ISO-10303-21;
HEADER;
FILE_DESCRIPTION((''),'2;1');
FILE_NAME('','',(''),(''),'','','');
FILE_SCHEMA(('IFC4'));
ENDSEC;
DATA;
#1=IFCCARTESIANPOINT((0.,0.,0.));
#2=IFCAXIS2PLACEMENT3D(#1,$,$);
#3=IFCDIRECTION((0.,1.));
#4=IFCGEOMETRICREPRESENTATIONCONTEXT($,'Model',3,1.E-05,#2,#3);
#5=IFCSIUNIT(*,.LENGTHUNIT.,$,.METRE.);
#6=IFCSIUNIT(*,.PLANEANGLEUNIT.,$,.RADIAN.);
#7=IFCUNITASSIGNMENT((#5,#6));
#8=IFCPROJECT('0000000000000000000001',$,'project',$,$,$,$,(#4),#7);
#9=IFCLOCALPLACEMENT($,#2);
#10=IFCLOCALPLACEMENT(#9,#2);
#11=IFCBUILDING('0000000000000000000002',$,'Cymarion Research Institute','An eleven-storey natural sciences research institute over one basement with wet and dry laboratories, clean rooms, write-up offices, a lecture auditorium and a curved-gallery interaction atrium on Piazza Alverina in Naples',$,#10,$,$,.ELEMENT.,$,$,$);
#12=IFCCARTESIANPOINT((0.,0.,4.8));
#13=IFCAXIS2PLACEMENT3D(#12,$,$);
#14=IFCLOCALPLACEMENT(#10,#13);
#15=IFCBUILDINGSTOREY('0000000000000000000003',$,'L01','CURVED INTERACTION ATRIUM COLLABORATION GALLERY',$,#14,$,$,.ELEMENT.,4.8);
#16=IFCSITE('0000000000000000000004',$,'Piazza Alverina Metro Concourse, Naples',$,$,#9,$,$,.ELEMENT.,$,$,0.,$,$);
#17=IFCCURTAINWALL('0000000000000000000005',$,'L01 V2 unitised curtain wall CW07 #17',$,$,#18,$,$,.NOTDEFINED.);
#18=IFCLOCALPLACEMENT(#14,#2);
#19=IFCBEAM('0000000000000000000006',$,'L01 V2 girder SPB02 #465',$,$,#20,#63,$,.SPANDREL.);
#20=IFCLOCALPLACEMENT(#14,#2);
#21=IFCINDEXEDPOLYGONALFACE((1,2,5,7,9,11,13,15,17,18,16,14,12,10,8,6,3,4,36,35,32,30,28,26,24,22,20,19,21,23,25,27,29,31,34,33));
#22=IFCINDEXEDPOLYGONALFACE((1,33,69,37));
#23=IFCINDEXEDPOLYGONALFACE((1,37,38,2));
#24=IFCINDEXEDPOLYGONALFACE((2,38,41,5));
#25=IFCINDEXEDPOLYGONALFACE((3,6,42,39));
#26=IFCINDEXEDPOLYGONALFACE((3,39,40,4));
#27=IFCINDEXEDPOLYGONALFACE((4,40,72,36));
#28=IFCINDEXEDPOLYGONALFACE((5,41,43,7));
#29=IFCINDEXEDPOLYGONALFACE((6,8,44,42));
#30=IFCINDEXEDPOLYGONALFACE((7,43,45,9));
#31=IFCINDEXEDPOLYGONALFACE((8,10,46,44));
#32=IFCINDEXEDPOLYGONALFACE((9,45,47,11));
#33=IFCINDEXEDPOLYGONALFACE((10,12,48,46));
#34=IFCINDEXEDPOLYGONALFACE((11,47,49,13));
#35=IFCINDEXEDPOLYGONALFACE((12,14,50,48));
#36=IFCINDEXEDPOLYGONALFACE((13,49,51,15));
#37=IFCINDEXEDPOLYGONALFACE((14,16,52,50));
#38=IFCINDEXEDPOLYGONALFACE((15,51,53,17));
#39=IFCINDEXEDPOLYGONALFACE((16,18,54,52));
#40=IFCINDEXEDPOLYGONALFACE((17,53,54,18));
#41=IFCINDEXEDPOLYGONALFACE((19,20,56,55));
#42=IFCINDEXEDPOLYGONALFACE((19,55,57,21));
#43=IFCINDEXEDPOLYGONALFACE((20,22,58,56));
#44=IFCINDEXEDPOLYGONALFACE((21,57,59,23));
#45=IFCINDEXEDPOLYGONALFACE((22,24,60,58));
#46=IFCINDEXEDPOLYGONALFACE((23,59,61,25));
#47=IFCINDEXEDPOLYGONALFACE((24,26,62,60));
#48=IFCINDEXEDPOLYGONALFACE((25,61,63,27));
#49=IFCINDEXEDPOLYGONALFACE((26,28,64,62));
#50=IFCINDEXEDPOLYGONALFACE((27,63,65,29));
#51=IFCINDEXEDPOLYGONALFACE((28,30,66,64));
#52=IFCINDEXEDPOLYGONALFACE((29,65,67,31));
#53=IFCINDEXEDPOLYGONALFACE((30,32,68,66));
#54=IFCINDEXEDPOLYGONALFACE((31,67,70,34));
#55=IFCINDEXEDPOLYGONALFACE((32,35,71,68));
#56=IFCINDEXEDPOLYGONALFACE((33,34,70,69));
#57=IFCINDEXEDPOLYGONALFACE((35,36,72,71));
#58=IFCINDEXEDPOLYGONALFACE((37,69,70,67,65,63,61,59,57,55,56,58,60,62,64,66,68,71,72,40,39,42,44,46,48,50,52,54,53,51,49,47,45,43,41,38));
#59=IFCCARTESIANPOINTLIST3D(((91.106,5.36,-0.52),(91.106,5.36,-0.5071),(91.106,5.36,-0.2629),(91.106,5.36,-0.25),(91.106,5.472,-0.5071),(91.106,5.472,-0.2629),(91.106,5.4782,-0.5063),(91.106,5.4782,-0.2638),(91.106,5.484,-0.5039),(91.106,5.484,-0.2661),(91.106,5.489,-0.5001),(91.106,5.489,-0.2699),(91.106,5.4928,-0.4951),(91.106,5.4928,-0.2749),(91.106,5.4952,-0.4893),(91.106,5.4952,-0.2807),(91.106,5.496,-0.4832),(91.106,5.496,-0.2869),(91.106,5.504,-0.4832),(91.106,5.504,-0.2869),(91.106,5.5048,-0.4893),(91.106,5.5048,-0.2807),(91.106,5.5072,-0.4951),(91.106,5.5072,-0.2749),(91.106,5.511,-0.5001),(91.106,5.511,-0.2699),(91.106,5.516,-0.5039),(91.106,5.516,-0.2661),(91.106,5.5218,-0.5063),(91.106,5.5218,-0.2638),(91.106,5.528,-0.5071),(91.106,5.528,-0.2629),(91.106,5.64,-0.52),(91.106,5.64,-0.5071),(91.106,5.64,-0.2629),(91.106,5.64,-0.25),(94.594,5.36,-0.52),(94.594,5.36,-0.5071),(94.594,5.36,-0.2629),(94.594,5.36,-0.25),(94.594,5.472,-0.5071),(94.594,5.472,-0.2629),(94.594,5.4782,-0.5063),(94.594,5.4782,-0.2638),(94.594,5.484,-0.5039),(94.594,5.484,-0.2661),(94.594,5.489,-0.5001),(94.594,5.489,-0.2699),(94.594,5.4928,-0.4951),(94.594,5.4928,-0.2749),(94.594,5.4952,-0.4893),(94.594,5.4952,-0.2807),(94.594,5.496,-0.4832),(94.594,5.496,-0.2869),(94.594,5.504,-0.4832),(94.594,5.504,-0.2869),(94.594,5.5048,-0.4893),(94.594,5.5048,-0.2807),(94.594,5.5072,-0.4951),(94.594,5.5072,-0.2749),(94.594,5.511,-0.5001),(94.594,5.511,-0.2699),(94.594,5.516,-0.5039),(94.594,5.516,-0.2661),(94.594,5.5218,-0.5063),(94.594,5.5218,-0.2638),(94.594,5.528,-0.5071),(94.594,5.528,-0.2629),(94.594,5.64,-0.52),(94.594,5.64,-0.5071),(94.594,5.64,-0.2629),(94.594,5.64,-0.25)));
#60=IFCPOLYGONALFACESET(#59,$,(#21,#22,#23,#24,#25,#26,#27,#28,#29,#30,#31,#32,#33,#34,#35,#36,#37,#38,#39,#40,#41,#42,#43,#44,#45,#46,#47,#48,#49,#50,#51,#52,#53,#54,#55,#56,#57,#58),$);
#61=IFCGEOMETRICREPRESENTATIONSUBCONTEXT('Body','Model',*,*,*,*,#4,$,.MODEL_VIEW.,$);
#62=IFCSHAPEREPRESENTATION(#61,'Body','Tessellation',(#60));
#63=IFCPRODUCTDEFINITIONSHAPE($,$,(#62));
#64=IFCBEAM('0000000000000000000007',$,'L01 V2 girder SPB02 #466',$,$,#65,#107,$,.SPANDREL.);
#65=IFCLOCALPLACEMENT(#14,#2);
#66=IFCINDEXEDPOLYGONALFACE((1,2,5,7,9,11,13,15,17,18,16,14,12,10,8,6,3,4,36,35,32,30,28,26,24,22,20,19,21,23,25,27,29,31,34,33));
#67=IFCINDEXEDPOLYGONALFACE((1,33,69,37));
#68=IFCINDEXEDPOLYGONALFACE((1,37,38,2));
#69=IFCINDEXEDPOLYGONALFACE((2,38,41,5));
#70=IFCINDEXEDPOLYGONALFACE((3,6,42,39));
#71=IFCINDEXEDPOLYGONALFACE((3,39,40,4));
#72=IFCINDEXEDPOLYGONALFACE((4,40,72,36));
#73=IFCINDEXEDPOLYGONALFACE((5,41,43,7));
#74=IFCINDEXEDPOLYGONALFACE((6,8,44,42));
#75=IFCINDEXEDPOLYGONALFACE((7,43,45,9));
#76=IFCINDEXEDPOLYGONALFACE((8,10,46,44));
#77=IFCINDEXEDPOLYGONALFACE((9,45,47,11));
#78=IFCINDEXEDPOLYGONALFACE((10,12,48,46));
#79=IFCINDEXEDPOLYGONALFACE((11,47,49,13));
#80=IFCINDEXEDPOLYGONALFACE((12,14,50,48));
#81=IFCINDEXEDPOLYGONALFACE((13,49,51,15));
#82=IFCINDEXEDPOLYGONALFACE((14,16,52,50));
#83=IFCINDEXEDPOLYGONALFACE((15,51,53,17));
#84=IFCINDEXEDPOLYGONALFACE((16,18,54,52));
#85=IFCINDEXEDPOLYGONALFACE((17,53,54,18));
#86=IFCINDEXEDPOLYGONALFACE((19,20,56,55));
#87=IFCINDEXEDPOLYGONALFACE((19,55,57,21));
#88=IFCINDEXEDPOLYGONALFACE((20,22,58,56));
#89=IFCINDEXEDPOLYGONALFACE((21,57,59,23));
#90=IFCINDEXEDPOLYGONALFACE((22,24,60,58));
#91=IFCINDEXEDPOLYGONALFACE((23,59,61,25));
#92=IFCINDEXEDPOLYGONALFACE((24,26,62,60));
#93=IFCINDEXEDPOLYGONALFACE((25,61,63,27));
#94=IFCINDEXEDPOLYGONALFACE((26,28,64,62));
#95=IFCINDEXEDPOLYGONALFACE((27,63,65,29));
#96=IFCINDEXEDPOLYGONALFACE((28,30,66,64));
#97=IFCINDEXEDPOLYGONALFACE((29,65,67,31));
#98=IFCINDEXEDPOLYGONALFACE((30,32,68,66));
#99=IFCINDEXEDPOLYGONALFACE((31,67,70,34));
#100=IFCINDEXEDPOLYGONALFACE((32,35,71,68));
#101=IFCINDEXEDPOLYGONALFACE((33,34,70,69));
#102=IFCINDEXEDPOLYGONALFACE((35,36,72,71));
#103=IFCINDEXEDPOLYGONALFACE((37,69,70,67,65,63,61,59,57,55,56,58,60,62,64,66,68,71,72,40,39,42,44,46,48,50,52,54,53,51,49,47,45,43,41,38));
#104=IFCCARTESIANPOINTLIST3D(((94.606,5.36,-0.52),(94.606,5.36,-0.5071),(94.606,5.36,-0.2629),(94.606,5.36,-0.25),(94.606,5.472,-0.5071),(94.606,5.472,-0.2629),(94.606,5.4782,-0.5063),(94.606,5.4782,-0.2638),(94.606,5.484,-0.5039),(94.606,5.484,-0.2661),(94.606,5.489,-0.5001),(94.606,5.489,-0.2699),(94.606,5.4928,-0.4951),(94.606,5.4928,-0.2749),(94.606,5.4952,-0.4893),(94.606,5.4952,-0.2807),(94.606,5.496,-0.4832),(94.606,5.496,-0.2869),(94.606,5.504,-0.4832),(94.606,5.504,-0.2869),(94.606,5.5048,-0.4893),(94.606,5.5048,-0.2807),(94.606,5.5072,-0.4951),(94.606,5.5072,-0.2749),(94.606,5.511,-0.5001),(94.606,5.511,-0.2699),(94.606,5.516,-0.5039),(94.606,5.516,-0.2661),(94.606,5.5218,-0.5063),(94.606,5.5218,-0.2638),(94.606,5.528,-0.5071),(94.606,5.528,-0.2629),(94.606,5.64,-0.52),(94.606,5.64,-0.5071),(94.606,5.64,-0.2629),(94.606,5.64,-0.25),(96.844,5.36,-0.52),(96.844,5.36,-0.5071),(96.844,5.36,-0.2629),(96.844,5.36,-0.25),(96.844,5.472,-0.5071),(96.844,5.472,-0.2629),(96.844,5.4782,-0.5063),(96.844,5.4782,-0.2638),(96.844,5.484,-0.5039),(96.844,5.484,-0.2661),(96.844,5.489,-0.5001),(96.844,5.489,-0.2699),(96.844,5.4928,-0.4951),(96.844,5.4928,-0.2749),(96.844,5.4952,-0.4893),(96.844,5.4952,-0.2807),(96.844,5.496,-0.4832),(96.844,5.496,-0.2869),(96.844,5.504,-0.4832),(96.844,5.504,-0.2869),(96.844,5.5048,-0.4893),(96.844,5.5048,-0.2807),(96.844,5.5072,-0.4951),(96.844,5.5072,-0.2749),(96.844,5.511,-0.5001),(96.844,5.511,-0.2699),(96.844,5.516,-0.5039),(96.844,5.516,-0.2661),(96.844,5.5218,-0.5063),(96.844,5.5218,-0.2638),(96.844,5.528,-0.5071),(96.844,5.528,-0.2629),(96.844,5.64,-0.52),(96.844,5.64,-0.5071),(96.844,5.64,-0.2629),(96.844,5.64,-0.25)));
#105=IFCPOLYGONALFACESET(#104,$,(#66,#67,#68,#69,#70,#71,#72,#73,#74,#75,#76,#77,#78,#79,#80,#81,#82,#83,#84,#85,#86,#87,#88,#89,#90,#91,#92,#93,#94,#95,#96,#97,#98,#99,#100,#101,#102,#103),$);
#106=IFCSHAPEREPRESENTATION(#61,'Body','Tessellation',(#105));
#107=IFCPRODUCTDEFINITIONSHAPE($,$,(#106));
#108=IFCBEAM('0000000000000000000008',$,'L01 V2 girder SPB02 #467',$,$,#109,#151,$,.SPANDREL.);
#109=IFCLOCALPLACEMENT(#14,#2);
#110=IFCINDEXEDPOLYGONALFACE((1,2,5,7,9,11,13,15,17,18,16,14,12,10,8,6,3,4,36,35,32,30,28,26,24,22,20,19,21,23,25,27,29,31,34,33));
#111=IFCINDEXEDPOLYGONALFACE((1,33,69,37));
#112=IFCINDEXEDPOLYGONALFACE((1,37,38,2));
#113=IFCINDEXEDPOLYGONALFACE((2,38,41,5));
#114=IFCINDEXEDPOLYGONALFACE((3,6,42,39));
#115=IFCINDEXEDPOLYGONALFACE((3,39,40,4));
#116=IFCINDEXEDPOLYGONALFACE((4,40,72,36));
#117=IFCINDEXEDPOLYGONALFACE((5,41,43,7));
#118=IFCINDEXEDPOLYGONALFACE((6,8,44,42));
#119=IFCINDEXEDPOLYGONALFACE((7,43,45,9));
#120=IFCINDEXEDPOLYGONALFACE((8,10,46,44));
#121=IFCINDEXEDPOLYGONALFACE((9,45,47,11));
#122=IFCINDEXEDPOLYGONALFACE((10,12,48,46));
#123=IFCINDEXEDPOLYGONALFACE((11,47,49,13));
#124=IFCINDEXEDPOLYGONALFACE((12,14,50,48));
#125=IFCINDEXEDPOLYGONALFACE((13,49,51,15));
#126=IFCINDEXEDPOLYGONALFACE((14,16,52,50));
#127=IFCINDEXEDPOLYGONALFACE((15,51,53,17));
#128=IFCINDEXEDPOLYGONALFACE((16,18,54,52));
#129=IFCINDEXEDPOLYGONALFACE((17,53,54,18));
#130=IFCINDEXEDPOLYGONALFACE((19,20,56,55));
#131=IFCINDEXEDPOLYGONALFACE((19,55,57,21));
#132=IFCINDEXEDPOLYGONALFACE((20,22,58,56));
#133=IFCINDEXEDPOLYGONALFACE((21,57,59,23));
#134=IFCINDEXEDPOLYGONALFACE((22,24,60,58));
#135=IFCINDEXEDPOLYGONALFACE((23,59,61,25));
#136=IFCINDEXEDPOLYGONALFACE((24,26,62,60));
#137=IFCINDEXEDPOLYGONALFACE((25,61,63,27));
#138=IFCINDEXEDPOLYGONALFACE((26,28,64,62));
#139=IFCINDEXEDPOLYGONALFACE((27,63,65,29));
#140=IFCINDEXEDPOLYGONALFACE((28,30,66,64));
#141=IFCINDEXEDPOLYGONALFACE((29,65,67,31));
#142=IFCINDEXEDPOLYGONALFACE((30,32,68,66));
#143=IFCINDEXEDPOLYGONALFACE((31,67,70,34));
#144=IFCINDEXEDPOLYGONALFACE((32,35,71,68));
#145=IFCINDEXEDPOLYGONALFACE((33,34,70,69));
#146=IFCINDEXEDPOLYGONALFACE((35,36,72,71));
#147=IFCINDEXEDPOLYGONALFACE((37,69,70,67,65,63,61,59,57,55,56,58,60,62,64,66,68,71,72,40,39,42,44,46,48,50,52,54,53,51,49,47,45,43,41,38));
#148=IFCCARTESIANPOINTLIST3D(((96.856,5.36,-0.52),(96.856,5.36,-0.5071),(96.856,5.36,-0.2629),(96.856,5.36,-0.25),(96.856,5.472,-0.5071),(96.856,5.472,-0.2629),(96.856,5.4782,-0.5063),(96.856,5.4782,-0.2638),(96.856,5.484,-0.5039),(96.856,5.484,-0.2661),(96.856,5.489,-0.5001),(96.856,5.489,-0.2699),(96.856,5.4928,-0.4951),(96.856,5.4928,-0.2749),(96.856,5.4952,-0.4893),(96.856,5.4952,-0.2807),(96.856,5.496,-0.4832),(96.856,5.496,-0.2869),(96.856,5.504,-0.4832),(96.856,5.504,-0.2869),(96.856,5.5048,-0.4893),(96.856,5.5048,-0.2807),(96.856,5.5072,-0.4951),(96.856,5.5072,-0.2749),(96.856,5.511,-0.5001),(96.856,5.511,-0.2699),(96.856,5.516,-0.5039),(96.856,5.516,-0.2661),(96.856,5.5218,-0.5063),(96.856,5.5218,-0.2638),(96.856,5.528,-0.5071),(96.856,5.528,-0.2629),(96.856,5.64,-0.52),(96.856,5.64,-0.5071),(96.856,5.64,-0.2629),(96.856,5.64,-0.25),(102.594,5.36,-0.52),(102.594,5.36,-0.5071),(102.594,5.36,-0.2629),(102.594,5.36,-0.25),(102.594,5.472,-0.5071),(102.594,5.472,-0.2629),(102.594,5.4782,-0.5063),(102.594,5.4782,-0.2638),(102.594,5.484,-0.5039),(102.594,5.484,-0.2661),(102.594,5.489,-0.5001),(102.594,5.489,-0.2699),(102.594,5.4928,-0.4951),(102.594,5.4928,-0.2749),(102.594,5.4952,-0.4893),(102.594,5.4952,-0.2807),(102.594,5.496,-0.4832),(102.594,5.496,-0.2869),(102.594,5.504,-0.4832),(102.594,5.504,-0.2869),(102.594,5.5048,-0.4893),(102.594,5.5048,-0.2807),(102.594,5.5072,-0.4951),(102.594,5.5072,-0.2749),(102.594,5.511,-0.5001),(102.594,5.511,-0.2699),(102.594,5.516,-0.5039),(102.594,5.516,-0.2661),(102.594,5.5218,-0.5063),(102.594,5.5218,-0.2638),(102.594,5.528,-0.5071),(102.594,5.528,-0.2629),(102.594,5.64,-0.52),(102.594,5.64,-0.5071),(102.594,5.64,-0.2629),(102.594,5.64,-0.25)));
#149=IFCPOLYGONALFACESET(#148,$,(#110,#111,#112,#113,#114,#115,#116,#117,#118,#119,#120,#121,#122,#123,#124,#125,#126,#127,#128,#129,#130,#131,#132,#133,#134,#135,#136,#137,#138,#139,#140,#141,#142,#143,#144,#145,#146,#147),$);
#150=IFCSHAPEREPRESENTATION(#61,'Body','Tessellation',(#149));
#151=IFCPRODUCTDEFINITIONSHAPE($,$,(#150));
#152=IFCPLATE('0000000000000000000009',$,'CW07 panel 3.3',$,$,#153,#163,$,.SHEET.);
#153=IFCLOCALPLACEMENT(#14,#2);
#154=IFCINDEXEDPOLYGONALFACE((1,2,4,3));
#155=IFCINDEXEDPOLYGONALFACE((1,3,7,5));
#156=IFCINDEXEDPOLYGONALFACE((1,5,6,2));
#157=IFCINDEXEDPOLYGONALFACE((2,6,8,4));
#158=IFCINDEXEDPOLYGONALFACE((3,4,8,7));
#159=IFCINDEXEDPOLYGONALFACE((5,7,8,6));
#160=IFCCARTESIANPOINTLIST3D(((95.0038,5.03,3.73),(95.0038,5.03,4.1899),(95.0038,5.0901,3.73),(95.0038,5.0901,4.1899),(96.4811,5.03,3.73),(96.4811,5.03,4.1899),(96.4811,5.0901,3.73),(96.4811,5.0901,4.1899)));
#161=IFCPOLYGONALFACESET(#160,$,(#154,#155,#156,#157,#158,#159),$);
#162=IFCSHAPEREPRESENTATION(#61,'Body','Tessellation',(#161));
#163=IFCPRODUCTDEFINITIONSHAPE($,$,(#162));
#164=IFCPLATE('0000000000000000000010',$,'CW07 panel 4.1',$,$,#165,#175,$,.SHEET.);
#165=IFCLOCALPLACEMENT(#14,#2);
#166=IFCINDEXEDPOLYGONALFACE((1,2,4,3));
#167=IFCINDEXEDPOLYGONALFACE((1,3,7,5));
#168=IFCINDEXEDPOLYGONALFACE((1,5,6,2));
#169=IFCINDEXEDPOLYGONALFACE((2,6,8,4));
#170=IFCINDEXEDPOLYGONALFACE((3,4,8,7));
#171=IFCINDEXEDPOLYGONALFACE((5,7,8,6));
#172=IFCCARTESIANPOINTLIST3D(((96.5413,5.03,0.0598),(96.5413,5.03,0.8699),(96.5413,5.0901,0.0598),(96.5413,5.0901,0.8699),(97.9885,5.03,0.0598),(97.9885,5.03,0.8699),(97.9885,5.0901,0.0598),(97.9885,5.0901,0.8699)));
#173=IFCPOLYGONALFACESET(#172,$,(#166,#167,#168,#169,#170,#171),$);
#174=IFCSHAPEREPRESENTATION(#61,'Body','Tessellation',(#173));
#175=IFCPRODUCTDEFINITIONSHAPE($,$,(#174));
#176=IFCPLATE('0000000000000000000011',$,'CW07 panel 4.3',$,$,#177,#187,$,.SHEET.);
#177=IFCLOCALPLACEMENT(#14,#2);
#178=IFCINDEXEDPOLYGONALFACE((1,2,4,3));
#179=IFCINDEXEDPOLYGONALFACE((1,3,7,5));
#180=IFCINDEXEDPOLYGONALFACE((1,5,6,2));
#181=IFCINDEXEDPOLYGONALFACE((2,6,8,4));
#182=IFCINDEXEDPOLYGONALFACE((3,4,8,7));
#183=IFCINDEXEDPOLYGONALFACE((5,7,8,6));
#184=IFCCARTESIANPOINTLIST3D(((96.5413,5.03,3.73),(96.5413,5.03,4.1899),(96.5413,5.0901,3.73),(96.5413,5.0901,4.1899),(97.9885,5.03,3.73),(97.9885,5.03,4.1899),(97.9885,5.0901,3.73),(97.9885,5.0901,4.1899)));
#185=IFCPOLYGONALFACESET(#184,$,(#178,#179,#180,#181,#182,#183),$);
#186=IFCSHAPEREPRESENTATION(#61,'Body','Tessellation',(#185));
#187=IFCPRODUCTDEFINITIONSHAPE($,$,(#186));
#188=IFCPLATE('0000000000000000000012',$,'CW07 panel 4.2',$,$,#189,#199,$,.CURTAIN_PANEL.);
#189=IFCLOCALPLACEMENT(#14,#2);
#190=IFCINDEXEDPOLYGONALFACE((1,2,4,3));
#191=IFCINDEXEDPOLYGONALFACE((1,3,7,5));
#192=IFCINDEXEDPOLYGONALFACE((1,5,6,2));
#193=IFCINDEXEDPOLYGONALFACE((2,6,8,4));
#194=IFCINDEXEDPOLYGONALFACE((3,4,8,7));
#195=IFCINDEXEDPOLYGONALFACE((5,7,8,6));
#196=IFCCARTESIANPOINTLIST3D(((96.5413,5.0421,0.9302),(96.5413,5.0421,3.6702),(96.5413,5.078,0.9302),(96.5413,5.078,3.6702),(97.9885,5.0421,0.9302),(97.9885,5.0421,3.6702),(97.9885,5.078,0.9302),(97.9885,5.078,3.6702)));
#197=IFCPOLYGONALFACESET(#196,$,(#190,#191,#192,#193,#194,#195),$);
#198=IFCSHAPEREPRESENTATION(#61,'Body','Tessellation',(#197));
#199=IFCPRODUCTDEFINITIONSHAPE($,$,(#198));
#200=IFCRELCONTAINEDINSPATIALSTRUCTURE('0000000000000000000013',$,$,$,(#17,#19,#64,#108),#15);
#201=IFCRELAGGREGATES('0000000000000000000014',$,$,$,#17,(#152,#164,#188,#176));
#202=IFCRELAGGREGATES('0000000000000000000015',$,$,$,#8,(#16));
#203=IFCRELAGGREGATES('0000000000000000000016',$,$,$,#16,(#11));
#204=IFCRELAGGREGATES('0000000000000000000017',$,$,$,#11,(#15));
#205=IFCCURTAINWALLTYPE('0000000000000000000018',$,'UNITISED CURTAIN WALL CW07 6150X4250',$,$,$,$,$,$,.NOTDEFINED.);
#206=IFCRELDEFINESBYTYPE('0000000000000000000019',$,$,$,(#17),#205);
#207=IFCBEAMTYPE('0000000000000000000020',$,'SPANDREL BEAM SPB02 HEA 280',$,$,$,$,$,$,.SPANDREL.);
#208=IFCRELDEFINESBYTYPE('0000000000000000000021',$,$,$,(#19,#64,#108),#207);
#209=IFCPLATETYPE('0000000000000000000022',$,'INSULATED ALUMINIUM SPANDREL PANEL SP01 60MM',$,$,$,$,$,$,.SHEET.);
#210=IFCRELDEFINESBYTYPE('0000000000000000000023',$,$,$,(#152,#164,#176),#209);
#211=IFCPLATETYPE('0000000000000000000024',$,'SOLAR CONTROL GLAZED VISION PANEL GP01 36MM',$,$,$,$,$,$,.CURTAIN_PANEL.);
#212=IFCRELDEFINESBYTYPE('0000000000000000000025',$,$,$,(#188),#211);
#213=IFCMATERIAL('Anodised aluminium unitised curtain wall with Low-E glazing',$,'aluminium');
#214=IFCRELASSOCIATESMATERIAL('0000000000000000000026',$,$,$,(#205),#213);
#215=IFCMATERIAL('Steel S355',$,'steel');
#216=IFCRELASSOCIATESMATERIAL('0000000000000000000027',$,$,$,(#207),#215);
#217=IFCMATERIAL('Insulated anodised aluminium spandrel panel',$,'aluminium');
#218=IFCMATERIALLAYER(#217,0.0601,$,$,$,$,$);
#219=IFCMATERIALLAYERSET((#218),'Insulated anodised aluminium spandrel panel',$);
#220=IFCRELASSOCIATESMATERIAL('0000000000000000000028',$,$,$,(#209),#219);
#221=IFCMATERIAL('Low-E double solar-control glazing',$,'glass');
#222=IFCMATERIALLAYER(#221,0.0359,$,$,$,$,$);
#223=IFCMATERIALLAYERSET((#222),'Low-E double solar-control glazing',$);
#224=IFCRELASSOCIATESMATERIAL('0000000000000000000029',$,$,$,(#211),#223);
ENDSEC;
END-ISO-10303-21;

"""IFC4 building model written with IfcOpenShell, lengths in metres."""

from ifc_helpers import new_model, si_unit, direction, frame, origin, origin_2d, place, context, subcontext, project, spatial, rectangle, i_section, extrude, material, layer, layer_set, material_profile, profile_set, type_object, element, aggregate, save


model = new_model("IFC4")

# Units and contexts
model_context = context("Model", 3, precision=1e-05, world=origin(), true_north=direction((0.0, 1.0)))
body_context = subcontext(model_context, "Body", "Model", "MODEL_VIEW")
ifc_project = project(units=[si_unit("LENGTHUNIT", "METRE"), si_unit("PLANEANGLEUNIT", "RADIAN")], contexts=[model_context])

# Site, building, storey
site_placement = place(None, origin())
site = spatial("IfcSite", under=ifc_project, at=site_placement, Name="Piazza Alverina Metro Concourse, Naples", CompositionType="ELEMENT", RefElevation=0.0)
building_placement = place(site_placement, origin())
building = spatial("IfcBuilding", under=site, at=building_placement, Name="Cymarion Research Institute", Description="An eleven-storey natural sciences research institute over one basement with wet and dry laboratories, clean rooms, write-up offices, a lecture auditorium and a curved-gallery interaction atrium on Piazza Alverina in Naples", CompositionType="ELEMENT")
storey_placement = place(building_placement, frame((0.0, 0.0, 4.8)))
storey = spatial("IfcBuildingStorey", under=building, at=storey_placement, Name="L01", Description="CURVED INTERACTION ATRIUM COLLABORATION GALLERY", CompositionType="ELEMENT", Elevation=4.8)

# Shared definitions
ifc_material_1 = material(Name="Steel S355", Category="steel")

# Curtain wall
ifc_material_2 = material(Name="Anodised aluminium unitised curtain wall with Low-E glazing", Category="aluminium")
curtain_wall_type = type_object("IfcCurtainWallType", Name="UNITISED CURTAIN WALL CW07 6150X4250", PredefinedType="NOTDEFINED", material=ifc_material_2)
curtain_wall_1_placement = place(storey_placement, origin())
curtain_wall_1 = element("IfcCurtainWall", 1, at=curtain_wall_1_placement, inside=storey, type_object=curtain_wall_type, Name="L01 V2 unitised curtain wall CW07 #17", PredefinedType="NOTDEFINED")

# Beams
ifc_material_profile_1 = material_profile(ifc_material_1, i_section(OverallWidth=0.28, OverallDepth=0.27, WebThickness=0.0081, FlangeThickness=0.0129, FilletRadius=0.0239, at=origin_2d()), Name="HEA 280")
ifc_profile_set_1 = profile_set([ifc_material_profile_1], Name="Steel S355")
beam_type_1 = type_object("IfcBeamType", Name="SPANDREL BEAM SPB02 HEA 280", PredefinedType="SPANDREL", material=ifc_profile_set_1)
beam_1_placement = place(storey_placement, frame((91.106, 5.5, -0.385), z_axis=(1.0, 0.0, 0.0), x_axis=(0.0, 1.0, 0.0)))
element("IfcBeam", 2, at=beam_1_placement, inside=storey, type_object=beam_type_1, Name="L01 V2 girder SPB02 #465", PredefinedType="SPANDREL", context=body_context, shape_type="SweptSolid", body=[
    extrude(i_section(OverallWidth=0.28, OverallDepth=0.27, WebThickness=0.0081, FlangeThickness=0.0129, FilletRadius=0.0239, at=origin_2d()), origin(), (0.0, 0.0, 1.0), 3.488),
])
beam_2_placement = place(storey_placement, frame((94.606, 5.5, -0.385), z_axis=(1.0, 0.0, 0.0), x_axis=(0.0, 1.0, 0.0)))
element("IfcBeam", 3, at=beam_2_placement, inside=storey, type_object=beam_type_1, Name="L01 V2 girder SPB02 #466", PredefinedType="SPANDREL", context=body_context, shape_type="SweptSolid", body=[
    extrude(i_section(OverallWidth=0.28, OverallDepth=0.27, WebThickness=0.0081, FlangeThickness=0.0129, FilletRadius=0.0239, at=origin_2d()), origin(), (0.0, 0.0, 1.0), 2.238),
])
beam_3_placement = place(storey_placement, frame((96.856, 5.5, -0.385), z_axis=(1.0, 0.0, 0.0), x_axis=(0.0, 1.0, 0.0)))
element("IfcBeam", 4, at=beam_3_placement, inside=storey, type_object=beam_type_1, Name="L01 V2 girder SPB02 #467", PredefinedType="SPANDREL", context=body_context, shape_type="SweptSolid", body=[
    extrude(i_section(OverallWidth=0.28, OverallDepth=0.27, WebThickness=0.0081, FlangeThickness=0.0129, FilletRadius=0.0239, at=origin_2d()), origin(), (0.0, 0.0, 1.0), 5.738),
])

# Plates
ifc_material_3 = material(Name="Insulated anodised aluminium spandrel panel", Category="aluminium")
ifc_layer_1 = layer(ifc_material_3, 0.0601)
ifc_layer_set_1 = layer_set([ifc_layer_1], Name="Insulated anodised aluminium spandrel panel")
plate_type_1 = type_object("IfcPlateType", Name="INSULATED ALUMINIUM SPANDREL PANEL SP01 60MM", PredefinedType="SHEET", material=ifc_layer_set_1)
plate_1_placement = place(storey_placement, frame((95.7424, 5.0601, 3.73), z_axis=(0.0, 0.0, 1.0), x_axis=(1.0, 0.0, 0.0)))
plate_1 = element("IfcPlate", 5, at=plate_1_placement, type_object=plate_type_1, Name="CW07 panel 3.3", PredefinedType="SHEET", context=body_context, shape_type="SweptSolid", body=[
    extrude(rectangle(XDim=1.4773, YDim=0.0601, at=origin_2d()), origin(), (0.0, 0.0, 1.0), 0.46),
])
plate_2_placement = place(storey_placement, frame((97.2649, 5.0601, 0.0598), z_axis=(0.0, 0.0, 1.0), x_axis=(1.0, 0.0, 0.0)))
plate_2 = element("IfcPlate", 6, at=plate_2_placement, type_object=plate_type_1, Name="CW07 panel 4.1", PredefinedType="SHEET", context=body_context, shape_type="SweptSolid", body=[
    extrude(rectangle(XDim=1.4473, YDim=0.0601, at=origin_2d()), origin(), (0.0, 0.0, 1.0), 0.8101),
])
plate_3_placement = place(storey_placement, frame((97.2649, 5.0601, 3.73), z_axis=(0.0, 0.0, 1.0), x_axis=(1.0, 0.0, 0.0)))
plate_3 = element("IfcPlate", 7, at=plate_3_placement, type_object=plate_type_1, Name="CW07 panel 4.3", PredefinedType="SHEET", context=body_context, shape_type="SweptSolid", body=[
    extrude(rectangle(XDim=1.4473, YDim=0.0601, at=origin_2d()), origin(), (0.0, 0.0, 1.0), 0.46),
])
ifc_material_4 = material(Name="Low-E double solar-control glazing", Category="glass")
ifc_layer_2 = layer(ifc_material_4, 0.0359)
ifc_layer_set_2 = layer_set([ifc_layer_2], Name="Low-E double solar-control glazing")
plate_type_2 = type_object("IfcPlateType", Name="SOLAR CONTROL GLAZED VISION PANEL GP01 36MM", PredefinedType="CURTAIN_PANEL", material=ifc_layer_set_2)
plate_4_placement = place(storey_placement, frame((97.2649, 5.0601, 0.9302), z_axis=(0.0, 0.0, 1.0), x_axis=(1.0, 0.0, 0.0)))
plate_4 = element("IfcPlate", 8, at=plate_4_placement, type_object=plate_type_2, Name="CW07 panel 4.2", PredefinedType="CURTAIN_PANEL", context=body_context, shape_type="SweptSolid", body=[
    extrude(rectangle(XDim=1.4473, YDim=0.0359, at=origin_2d()), origin(), (0.0, 0.0, 1.0), 2.74),
])
aggregate(curtain_wall_1, [plate_1, plate_2, plate_4, plate_3])

save(model, "model.ifc")
